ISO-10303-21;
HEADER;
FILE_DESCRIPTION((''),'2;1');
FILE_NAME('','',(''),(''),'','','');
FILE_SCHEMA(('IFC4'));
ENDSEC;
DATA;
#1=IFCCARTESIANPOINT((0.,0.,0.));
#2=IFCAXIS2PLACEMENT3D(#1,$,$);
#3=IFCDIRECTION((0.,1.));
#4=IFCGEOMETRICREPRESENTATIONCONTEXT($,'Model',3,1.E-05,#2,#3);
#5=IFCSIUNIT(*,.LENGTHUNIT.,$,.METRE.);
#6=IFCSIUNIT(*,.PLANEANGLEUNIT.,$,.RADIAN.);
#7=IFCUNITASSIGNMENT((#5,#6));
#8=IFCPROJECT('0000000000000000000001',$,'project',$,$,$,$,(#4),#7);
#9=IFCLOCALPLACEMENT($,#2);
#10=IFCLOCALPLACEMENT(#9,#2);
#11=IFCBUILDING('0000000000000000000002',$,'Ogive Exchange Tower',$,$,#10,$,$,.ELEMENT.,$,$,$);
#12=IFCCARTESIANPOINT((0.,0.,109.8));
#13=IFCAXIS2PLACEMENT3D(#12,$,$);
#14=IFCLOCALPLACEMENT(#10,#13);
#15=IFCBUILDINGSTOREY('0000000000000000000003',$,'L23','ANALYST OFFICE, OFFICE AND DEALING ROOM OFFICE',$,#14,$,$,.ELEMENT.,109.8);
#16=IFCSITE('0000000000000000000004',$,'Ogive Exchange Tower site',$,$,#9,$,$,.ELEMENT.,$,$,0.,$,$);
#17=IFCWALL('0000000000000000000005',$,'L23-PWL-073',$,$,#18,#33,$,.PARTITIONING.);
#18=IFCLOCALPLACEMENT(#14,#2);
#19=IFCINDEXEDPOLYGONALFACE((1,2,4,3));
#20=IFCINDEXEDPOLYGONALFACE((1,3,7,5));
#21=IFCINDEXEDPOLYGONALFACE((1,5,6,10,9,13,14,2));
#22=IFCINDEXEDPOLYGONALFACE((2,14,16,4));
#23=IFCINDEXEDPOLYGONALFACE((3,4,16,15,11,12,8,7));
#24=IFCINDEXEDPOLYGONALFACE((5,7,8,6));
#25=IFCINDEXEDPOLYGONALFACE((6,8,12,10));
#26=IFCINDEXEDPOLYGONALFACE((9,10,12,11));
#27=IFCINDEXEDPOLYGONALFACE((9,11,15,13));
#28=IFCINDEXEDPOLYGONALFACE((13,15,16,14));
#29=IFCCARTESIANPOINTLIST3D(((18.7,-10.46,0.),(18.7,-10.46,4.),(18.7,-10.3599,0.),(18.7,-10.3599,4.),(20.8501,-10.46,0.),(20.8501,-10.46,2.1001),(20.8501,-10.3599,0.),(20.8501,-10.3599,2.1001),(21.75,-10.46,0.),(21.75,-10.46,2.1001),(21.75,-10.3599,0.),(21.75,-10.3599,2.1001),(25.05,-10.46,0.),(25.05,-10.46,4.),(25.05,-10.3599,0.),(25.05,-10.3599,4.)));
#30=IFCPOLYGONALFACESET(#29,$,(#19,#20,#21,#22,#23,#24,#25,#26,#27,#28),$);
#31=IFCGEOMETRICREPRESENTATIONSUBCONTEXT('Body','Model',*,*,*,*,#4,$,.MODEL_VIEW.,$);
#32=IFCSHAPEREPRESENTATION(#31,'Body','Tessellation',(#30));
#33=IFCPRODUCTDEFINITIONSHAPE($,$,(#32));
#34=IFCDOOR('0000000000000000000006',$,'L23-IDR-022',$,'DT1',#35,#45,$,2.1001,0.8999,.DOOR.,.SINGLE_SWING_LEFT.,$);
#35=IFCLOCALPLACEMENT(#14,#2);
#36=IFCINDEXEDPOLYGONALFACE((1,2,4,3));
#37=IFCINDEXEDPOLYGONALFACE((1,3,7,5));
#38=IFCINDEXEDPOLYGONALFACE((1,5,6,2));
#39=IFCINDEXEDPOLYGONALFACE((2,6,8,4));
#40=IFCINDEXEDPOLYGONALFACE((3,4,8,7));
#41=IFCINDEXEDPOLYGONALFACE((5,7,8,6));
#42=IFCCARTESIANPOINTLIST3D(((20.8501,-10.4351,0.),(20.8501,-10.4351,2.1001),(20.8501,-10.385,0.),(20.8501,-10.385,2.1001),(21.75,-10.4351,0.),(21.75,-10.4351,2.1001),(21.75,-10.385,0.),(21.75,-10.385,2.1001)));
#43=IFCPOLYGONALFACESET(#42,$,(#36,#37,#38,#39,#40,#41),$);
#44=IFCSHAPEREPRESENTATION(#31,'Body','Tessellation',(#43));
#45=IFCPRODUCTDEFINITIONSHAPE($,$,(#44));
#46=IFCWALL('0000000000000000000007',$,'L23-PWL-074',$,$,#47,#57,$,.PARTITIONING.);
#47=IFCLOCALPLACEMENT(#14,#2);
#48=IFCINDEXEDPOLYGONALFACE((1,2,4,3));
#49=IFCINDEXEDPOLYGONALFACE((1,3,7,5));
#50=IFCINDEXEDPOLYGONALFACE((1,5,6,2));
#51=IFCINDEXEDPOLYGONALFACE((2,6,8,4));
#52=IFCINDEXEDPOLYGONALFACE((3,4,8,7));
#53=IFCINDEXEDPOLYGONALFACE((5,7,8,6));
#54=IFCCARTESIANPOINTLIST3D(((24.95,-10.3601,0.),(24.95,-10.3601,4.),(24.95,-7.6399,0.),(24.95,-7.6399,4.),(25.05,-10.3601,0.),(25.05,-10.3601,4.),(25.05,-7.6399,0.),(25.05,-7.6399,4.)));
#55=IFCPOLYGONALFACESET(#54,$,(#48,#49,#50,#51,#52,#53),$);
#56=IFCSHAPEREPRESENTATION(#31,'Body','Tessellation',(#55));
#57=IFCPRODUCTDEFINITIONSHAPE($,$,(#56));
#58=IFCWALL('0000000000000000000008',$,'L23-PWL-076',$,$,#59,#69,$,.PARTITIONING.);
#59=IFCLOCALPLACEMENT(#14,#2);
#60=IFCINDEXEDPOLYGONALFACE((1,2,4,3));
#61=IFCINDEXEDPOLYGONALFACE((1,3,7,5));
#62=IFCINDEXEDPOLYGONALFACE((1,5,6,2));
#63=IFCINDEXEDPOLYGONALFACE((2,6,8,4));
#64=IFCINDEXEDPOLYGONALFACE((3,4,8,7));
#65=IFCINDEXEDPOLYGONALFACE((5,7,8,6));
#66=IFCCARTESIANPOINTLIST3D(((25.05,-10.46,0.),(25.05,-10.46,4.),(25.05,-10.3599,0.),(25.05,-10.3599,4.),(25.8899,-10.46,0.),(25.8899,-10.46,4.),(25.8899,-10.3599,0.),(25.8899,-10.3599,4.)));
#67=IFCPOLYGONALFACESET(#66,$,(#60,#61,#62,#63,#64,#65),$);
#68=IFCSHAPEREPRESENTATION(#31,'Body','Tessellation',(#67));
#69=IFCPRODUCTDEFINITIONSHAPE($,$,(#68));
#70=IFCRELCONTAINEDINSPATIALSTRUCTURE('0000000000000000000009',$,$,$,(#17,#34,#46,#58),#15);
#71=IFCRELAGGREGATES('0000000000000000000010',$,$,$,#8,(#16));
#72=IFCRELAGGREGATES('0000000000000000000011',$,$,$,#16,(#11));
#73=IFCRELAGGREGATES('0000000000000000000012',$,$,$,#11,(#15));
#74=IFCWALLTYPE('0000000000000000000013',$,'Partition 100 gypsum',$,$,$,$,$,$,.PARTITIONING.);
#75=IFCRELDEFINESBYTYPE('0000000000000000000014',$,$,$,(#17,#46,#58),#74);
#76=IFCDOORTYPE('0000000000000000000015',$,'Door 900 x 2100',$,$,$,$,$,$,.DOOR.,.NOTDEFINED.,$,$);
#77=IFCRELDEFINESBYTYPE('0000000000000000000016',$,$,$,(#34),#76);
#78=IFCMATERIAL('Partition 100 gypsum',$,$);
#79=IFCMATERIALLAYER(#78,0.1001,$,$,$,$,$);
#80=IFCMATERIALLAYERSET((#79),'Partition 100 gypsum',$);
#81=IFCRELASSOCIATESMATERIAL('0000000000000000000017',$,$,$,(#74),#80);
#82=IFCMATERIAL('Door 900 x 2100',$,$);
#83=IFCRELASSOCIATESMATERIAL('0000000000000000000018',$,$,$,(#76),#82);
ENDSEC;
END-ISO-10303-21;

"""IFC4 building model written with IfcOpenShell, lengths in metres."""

from ifc_helpers import new_model, si_unit, direction, frame, frame_2d, origin, place, context, subcontext, project, spatial, rectangle, extrude, material, layer, layer_set, type_object, element, fill, save


model = new_model("IFC4")

# Units and contexts
model_context = context("Model", 3, precision=1e-05, world=origin(), true_north=direction((0.0, 1.0)))
body_context = subcontext(model_context, "Body", "Model", "MODEL_VIEW")
ifc_project = project(units=[si_unit("LENGTHUNIT", "METRE"), si_unit("PLANEANGLEUNIT", "RADIAN")], contexts=[model_context])

# Site, building, storey
site_placement = place(None, origin())
site = spatial("IfcSite", under=ifc_project, at=site_placement, Name="Ogive Exchange Tower site", CompositionType="ELEMENT", RefElevation=0.0)
building_placement = place(site_placement, origin())
building = spatial("IfcBuilding", under=site, at=building_placement, Name="Ogive Exchange Tower", CompositionType="ELEMENT")
storey_placement = place(building_placement, frame((0.0, 0.0, 109.8)))
storey = spatial("IfcBuildingStorey", under=building, at=storey_placement, Name="L23", Description="ANALYST OFFICE, OFFICE AND DEALING ROOM OFFICE", CompositionType="ELEMENT", Elevation=109.8)

# Wall, opening, door
ifc_material_1 = material(Name="Partition 100 gypsum")
ifc_layer_1 = layer(ifc_material_1, 0.1001)
ifc_layer_set_1 = layer_set([ifc_layer_1], Name="Partition 100 gypsum")
wall_type_1 = type_object("IfcWallType", Name="Partition 100 gypsum", PredefinedType="PARTITIONING", material=ifc_layer_set_1)
wall_1_placement = place(storey_placement, frame((25.05, -10.4099, 0.0), z_axis=(0.0, 0.0, 1.0), x_axis=(-1.0, 0.0, 0.0)))
wall_1 = element("IfcWall", 1, at=wall_1_placement, inside=storey, type_object=wall_type_1, Name="L23-PWL-073", PredefinedType="PARTITIONING", context=body_context, shape_type="SweptSolid", body=[
    extrude(rectangle(XDim=6.3501, YDim=0.1001, at=frame_2d((3.175, 0.0))), origin(), (0.0, 0.0, 1.0), 4.0),
])
opening_1_placement = place(wall_1_placement, frame((3.3, 0.0, 0.0)))
opening_1 = element("IfcOpeningElement", 2, at=opening_1_placement, cuts=wall_1, PredefinedType="OPENING", context=body_context, shape_type="SweptSolid", body=[
    extrude(rectangle(XDim=0.8999, YDim=2.1001, at=frame_2d((0.45, 1.05))), frame((0.0, 0.0601, 0.0), z_axis=(0.0, -1.0, 0.0), x_axis=(1.0, 0.0, 0.0)), (0.0, 0.0, 1.0), 0.1201),
])
ifc_material_2 = material(Name="Door 900 x 2100")
door_type_1 = type_object("IfcDoorType", Name="Door 900 x 2100", OperationType="NOTDEFINED", PredefinedType="DOOR", material=ifc_material_2)
door_1_placement = place(opening_1_placement, frame((0.8999, 0.0, 0.0), z_axis=(0.0, 0.0, 1.0), x_axis=(-1.0, 0.0, 0.0)))
door_1 = element("IfcDoor", 3, at=door_1_placement, inside=storey, type_object=door_type_1, Name="L23-IDR-022", ObjectType="DT1", OperationType="SINGLE_SWING_LEFT", OverallHeight=2.1001, OverallWidth=0.8999, PredefinedType="DOOR", context=body_context, shape_type="SweptSolid", body=[
    extrude(rectangle(XDim=0.8999, YDim=2.1001, at=frame_2d((0.45, 1.05))), frame((0.0, 0.0249, 0.0), z_axis=(0.0, -1.0, 0.0), x_axis=(1.0, 0.0, 0.0)), (0.0, 0.0, 1.0), 0.05),
])
fill(opening_1, door_1)

# Walls
wall_2_placement = place(storey_placement, frame((25.0, -10.3601, 0.0), z_axis=(0.0, 0.0, 1.0), x_axis=(0.0, 1.0, 0.0)))
element("IfcWall", 4, at=wall_2_placement, inside=storey, type_object=wall_type_1, Name="L23-PWL-074", PredefinedType="PARTITIONING", context=body_context, shape_type="SweptSolid", body=[
    extrude(rectangle(XDim=2.7202, YDim=0.1001, at=frame_2d((1.3601, 0.0))), origin(), (0.0, 0.0, 1.0), 4.0),
])
wall_3_placement = place(storey_placement, frame((25.8899, -10.4099, 0.0), z_axis=(0.0, 0.0, 1.0), x_axis=(-1.0, 0.0, 0.0)))
element("IfcWall", 5, at=wall_3_placement, inside=storey, type_object=wall_type_1, Name="L23-PWL-076", PredefinedType="PARTITIONING", context=body_context, shape_type="SweptSolid", body=[
    extrude(rectangle(XDim=0.8398, YDim=0.1001, at=frame_2d((0.4199, 0.0))), origin(), (0.0, 0.0, 1.0), 4.0),
])

save(model, "model.ifc")
